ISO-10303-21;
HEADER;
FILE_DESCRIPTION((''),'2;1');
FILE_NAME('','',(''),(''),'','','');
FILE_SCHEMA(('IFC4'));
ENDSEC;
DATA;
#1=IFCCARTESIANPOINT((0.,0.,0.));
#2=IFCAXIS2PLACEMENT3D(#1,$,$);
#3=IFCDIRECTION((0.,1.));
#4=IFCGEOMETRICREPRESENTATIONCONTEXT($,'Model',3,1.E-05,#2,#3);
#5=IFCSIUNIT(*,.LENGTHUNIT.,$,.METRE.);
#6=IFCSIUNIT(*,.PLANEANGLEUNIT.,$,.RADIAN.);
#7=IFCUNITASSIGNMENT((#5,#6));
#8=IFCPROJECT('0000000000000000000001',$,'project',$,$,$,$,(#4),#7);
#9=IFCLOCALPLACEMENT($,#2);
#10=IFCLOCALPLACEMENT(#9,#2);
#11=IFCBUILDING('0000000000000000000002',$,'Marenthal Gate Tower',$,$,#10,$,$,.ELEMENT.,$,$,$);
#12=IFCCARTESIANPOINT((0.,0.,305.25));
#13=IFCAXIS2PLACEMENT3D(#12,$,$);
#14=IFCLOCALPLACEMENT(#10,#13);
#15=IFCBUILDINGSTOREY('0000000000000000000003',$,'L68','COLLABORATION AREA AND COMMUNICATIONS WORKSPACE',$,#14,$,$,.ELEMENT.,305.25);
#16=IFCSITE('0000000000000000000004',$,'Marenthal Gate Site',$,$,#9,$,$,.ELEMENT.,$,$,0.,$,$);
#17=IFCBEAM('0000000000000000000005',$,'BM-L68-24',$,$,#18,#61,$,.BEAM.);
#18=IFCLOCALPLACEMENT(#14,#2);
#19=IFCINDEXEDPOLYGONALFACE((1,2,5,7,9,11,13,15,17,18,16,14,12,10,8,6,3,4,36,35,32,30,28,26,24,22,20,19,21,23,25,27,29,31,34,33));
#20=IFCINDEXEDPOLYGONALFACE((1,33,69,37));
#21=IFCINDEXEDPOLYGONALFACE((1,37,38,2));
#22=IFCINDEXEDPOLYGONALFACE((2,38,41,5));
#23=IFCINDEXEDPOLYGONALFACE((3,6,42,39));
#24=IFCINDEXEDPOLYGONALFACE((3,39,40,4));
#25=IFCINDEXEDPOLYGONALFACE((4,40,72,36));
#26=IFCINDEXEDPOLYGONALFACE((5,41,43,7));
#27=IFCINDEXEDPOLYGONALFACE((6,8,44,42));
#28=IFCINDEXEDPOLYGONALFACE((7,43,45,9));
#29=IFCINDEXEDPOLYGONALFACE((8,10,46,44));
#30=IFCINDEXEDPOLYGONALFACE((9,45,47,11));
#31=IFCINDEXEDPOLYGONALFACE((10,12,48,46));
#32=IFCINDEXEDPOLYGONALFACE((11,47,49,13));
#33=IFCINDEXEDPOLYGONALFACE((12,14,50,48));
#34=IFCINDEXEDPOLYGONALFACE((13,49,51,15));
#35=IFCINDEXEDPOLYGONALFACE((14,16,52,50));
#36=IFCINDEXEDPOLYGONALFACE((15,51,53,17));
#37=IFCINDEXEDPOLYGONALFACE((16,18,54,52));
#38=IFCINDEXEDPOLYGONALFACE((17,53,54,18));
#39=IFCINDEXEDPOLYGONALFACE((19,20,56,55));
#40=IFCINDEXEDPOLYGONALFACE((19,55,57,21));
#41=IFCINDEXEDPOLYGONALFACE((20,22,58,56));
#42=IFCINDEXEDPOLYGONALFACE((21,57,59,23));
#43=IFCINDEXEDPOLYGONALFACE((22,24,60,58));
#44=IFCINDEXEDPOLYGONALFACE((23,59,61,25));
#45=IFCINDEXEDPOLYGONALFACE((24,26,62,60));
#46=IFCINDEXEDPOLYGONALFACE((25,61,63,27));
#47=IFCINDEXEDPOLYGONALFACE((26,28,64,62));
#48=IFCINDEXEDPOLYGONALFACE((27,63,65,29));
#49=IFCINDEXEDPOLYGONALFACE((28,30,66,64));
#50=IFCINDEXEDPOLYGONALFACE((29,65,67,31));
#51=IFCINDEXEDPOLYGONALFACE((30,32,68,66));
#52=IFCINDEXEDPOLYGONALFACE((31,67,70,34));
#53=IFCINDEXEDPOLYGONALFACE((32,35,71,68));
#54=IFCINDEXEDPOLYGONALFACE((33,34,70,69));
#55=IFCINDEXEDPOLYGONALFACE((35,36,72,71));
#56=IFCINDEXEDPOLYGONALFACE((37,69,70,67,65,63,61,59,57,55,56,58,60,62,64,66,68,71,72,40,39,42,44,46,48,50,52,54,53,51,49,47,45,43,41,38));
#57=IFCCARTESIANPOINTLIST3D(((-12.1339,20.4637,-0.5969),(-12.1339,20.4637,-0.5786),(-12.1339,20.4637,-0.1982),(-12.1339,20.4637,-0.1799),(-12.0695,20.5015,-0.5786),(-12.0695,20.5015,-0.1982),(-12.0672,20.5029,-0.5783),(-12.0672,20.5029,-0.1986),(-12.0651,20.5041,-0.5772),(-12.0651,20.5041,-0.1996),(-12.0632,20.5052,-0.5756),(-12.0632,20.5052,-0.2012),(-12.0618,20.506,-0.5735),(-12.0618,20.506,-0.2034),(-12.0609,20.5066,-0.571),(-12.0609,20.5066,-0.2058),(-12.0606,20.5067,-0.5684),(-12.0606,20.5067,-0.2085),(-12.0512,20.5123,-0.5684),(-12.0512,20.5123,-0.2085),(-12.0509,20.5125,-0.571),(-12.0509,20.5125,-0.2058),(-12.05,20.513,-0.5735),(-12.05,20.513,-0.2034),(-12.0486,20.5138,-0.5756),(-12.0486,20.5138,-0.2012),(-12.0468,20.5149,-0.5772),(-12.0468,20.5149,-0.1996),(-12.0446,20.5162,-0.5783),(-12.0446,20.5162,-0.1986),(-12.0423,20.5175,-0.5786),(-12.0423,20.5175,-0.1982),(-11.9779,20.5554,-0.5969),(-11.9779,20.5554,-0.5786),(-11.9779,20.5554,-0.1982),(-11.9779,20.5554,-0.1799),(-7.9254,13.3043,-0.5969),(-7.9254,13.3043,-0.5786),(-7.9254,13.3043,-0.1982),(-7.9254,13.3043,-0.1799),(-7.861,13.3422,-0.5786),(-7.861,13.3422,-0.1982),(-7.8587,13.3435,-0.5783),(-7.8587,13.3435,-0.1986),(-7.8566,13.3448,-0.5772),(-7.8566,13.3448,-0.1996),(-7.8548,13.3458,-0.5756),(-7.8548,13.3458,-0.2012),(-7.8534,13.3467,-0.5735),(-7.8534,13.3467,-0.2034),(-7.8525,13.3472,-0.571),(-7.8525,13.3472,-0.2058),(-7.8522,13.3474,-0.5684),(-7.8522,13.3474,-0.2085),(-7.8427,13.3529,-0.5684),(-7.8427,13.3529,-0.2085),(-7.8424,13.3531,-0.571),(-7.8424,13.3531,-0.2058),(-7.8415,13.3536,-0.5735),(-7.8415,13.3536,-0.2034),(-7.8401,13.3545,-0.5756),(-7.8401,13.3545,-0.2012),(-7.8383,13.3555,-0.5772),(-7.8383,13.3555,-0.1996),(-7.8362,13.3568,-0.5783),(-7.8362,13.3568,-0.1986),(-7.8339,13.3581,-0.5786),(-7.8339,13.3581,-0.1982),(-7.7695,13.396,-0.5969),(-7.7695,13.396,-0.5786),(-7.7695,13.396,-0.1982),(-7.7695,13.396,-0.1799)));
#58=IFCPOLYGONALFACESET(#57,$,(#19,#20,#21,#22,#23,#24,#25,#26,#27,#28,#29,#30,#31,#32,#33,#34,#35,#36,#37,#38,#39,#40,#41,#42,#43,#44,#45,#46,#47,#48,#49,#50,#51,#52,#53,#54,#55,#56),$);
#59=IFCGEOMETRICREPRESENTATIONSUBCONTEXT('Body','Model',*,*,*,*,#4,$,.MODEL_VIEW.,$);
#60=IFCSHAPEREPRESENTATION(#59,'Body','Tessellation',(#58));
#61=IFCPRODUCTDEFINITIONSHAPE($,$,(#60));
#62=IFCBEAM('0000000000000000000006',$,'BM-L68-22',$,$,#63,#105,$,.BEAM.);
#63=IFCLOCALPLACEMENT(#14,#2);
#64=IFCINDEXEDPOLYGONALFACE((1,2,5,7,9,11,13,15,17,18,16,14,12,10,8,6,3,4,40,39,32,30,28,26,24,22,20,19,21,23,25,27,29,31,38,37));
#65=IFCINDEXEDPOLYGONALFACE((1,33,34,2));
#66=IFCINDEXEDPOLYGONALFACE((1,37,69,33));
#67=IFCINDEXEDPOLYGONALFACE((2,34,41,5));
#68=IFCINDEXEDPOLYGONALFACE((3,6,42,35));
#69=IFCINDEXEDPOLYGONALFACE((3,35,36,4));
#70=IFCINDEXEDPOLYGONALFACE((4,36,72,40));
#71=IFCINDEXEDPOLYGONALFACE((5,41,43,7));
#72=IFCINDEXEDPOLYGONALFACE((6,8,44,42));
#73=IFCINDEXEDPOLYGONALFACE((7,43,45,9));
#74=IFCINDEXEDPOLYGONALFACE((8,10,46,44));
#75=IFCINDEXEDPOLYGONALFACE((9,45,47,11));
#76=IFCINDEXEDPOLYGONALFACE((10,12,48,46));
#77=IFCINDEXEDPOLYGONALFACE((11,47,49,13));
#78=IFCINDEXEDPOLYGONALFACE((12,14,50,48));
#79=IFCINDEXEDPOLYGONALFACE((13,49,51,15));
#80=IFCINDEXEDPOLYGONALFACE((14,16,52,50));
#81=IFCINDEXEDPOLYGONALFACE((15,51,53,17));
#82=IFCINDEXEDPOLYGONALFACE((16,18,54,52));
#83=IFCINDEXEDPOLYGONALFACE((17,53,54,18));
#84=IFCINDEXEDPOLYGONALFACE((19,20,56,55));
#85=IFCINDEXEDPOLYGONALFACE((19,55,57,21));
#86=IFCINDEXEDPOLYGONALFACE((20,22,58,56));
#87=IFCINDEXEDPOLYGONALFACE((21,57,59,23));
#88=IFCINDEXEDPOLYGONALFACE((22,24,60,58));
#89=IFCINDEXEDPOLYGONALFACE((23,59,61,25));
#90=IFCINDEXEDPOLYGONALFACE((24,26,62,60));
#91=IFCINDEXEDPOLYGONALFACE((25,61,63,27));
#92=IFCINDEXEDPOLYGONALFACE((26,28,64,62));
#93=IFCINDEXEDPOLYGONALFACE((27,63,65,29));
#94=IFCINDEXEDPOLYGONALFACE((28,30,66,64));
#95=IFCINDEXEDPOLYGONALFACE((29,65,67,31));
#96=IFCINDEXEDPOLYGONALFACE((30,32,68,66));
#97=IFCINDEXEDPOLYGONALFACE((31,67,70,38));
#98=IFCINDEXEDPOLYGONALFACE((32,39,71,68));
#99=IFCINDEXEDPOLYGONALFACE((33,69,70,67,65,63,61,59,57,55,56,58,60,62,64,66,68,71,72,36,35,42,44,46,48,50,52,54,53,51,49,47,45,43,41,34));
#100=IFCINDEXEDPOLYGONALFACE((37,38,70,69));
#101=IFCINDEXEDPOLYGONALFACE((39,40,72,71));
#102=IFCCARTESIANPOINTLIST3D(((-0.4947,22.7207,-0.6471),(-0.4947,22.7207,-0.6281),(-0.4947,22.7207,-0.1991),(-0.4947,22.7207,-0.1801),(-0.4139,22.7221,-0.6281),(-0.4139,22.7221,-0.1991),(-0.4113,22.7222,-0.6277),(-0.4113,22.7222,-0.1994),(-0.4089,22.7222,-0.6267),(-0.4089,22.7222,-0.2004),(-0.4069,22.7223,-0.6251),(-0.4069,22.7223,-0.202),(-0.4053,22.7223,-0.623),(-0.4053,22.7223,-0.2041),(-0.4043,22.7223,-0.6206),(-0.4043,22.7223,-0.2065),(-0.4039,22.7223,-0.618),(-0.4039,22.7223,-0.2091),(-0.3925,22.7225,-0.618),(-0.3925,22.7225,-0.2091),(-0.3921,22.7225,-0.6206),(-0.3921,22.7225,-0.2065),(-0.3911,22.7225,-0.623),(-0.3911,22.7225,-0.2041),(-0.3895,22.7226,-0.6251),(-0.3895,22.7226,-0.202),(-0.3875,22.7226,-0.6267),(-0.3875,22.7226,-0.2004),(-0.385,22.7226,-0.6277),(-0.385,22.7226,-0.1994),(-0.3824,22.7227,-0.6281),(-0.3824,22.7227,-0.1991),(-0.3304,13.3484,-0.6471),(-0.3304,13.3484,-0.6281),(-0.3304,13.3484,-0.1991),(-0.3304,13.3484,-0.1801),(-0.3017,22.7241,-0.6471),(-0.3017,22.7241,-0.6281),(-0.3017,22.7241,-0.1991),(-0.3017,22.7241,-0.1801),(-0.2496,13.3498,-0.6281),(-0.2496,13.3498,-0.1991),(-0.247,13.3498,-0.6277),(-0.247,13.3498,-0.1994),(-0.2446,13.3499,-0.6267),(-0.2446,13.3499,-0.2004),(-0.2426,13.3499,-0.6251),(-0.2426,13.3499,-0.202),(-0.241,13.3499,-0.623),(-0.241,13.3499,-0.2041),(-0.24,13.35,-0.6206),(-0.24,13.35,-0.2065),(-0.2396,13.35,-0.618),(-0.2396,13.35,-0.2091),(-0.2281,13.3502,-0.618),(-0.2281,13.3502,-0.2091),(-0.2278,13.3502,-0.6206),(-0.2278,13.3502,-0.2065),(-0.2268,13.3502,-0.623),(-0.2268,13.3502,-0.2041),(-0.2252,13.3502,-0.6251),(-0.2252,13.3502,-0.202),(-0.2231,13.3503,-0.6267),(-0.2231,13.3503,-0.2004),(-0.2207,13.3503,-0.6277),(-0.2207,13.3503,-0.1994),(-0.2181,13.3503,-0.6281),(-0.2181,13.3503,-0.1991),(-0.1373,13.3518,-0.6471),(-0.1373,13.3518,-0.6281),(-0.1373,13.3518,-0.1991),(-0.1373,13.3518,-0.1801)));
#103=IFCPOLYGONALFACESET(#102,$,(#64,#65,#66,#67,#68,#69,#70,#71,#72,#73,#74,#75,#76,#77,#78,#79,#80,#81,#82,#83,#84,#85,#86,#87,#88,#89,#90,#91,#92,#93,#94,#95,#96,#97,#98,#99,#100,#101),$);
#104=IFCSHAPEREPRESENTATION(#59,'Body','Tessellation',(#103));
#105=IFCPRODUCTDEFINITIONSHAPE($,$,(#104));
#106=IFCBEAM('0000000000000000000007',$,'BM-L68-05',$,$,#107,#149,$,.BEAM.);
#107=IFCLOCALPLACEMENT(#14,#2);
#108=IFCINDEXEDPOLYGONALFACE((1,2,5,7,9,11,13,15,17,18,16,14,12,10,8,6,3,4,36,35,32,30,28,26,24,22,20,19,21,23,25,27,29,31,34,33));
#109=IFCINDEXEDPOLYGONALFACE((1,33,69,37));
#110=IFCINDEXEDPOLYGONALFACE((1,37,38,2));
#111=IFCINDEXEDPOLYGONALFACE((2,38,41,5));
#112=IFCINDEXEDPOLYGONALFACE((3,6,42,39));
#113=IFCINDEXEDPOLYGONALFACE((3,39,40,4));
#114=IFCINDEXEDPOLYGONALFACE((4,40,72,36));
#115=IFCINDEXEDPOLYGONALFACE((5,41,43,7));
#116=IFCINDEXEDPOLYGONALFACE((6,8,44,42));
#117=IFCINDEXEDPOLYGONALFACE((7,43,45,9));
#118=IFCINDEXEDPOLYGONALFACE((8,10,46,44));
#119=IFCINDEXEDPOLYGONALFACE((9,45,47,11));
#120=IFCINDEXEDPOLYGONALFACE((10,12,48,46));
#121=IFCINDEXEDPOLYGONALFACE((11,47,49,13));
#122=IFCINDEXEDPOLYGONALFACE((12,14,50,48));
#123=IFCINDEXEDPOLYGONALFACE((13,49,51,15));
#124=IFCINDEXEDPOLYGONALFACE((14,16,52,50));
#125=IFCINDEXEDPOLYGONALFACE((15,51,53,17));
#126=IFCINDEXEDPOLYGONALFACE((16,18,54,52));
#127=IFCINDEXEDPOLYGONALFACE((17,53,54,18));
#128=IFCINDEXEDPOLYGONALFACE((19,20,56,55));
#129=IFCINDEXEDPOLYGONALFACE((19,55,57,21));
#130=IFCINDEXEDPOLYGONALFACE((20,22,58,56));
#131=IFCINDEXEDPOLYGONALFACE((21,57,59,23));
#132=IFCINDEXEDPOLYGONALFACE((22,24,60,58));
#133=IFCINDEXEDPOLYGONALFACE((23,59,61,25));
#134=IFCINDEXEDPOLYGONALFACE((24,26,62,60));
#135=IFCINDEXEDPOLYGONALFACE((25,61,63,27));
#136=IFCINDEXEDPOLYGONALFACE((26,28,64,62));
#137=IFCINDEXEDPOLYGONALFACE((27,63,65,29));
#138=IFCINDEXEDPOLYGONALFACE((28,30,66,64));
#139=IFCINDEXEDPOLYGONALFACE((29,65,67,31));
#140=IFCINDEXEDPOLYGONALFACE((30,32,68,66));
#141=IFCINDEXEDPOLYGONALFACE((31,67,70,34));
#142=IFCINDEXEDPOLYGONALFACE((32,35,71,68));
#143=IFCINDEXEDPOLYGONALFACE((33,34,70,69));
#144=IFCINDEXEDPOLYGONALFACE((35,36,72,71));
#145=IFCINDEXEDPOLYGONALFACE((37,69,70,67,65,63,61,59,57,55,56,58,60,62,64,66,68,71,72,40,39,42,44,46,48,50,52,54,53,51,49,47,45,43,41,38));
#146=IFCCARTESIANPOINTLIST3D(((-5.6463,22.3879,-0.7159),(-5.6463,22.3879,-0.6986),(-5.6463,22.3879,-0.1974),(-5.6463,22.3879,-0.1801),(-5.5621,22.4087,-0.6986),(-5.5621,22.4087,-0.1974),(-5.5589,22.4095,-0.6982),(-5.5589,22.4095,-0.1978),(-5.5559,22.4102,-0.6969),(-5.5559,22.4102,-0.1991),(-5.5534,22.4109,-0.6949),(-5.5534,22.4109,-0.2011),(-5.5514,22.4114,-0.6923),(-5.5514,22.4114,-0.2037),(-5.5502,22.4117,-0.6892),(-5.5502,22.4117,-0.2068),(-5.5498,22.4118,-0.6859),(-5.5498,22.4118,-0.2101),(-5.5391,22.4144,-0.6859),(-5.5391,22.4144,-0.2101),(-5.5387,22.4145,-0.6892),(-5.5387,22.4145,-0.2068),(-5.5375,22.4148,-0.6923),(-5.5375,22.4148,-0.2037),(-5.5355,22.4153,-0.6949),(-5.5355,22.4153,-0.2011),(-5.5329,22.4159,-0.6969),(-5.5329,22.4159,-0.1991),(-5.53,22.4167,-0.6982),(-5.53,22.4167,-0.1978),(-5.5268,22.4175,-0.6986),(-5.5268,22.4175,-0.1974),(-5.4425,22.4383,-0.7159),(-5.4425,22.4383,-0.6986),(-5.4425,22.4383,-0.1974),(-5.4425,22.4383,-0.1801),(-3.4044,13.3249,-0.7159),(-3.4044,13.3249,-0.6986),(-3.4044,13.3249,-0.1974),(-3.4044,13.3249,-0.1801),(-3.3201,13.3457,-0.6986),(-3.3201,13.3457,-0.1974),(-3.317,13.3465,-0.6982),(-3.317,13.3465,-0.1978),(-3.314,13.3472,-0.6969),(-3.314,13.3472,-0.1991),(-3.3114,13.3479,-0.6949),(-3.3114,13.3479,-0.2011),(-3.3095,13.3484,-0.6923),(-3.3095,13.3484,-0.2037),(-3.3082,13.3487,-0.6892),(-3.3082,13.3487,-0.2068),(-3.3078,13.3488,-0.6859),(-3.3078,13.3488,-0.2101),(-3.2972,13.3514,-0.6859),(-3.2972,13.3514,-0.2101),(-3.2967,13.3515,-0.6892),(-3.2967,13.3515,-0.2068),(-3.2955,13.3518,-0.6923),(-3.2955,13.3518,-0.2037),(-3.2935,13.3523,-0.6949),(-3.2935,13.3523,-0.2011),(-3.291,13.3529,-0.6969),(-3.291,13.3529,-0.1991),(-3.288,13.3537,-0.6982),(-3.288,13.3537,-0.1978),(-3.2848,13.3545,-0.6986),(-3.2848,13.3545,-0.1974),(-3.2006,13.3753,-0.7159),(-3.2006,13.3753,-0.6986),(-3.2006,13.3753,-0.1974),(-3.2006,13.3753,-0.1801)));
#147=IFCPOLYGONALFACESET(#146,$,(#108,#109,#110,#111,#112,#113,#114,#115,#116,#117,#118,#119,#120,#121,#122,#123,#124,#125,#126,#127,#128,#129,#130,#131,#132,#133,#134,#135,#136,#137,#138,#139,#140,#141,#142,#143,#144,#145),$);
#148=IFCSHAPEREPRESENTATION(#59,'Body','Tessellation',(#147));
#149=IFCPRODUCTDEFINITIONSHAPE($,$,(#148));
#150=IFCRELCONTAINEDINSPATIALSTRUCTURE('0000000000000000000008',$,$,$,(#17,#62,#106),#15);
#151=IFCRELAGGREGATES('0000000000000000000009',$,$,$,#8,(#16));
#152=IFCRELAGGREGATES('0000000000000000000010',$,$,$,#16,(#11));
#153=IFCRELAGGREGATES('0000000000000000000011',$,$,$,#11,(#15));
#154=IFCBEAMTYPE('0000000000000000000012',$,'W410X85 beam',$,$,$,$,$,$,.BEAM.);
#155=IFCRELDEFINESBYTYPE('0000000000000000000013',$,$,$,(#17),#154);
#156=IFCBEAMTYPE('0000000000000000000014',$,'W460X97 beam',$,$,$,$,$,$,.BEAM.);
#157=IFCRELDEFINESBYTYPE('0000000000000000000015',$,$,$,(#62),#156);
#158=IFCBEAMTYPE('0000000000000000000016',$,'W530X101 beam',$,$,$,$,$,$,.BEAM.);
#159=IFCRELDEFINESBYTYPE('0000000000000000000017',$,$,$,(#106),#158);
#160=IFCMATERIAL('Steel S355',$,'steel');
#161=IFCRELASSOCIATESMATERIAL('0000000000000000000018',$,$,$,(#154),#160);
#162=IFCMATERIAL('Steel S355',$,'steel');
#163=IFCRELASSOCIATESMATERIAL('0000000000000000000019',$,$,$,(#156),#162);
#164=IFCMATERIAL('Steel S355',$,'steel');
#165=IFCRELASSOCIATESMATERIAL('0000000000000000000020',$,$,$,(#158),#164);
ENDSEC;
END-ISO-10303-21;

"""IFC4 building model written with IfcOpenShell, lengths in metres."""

from ifc_helpers import new_model, si_unit, direction, frame, origin, origin_2d, place, context, subcontext, project, spatial, i_section, extrude, material, material_profile, profile_set, type_object, element, save


model = new_model("IFC4")

# Units and contexts
model_context = context("Model", 3, precision=1e-05, world=origin(), true_north=direction((0.0, 1.0)))
body_context = subcontext(model_context, "Body", "Model", "MODEL_VIEW")
ifc_project = project(units=[si_unit("LENGTHUNIT", "METRE"), si_unit("PLANEANGLEUNIT", "RADIAN")], contexts=[model_context])

# Site, building, storey
site_placement = place(None, origin())
site = spatial("IfcSite", under=ifc_project, at=site_placement, Name="Marenthal Gate Site", CompositionType="ELEMENT", RefElevation=0.0)
building_placement = place(site_placement, origin())
building = spatial("IfcBuilding", under=site, at=building_placement, Name="Marenthal Gate Tower", CompositionType="ELEMENT")
storey_placement = place(building_placement, frame((0.0, 0.0, 305.25)))
storey = spatial("IfcBuildingStorey", under=building, at=storey_placement, Name="L68", Description="COLLABORATION AREA AND COMMUNICATIONS WORKSPACE", CompositionType="ELEMENT", Elevation=305.25)

# Beams
ifc_material_1 = material(Name="Steel S355", Category="steel")
ifc_material_profile_1 = material_profile(ifc_material_1, i_section(OverallWidth=0.1809, OverallDepth=0.417, WebThickness=0.011, FlangeThickness=0.0183, FilletRadius=0.0103, at=origin_2d()), Name="W410X85")
ifc_profile_set_1 = profile_set([ifc_material_profile_1], Name="Steel S355")
beam_type_1 = type_object("IfcBeamType", Name="W410X85 beam", PredefinedType="BEAM", material=ifc_profile_set_1)
beam_1_placement = place(storey_placement, frame((-12.0559, 20.5095, -0.3884), z_axis=(0.506758, -0.862088, 0.0), x_axis=(0.862088, 0.506758, 0.0)))
element("IfcBeam", 1, at=beam_1_placement, inside=storey, type_object=beam_type_1, Name="BM-L68-24", PredefinedType="BEAM", context=body_context, shape_type="SweptSolid", body=[
    extrude(i_section(OverallWidth=0.1809, OverallDepth=0.417, WebThickness=0.011, FlangeThickness=0.0183, FilletRadius=0.0103, at=origin_2d()), origin(), (0.0, 0.0, 1.0), 8.3047),
])
ifc_material_2 = material(Name="Steel S355", Category="steel")
ifc_material_profile_2 = material_profile(ifc_material_2, i_section(OverallWidth=0.1931, OverallDepth=0.467, WebThickness=0.0115, FlangeThickness=0.019, FilletRadius=0.01, at=origin_2d()), Name="W460X97")
ifc_profile_set_2 = profile_set([ifc_material_profile_2], Name="Steel S355")
beam_type_2 = type_object("IfcBeamType", Name="W460X97 beam", PredefinedType="BEAM", material=ifc_profile_set_2)
beam_2_placement = place(storey_placement, frame((-0.3982, 22.7224, -0.4136), z_axis=(0.017528, -0.999846, 0.0), x_axis=(0.999846, 0.017528, 0.0)))
element("IfcBeam", 2, at=beam_2_placement, inside=storey, type_object=beam_type_2, Name="BM-L68-22", PredefinedType="BEAM", context=body_context, shape_type="SweptSolid", body=[
    extrude(i_section(OverallWidth=0.1931, OverallDepth=0.467, WebThickness=0.0115, FlangeThickness=0.019, FilletRadius=0.01, at=origin_2d()), origin(), (0.0, 0.0, 1.0), 9.3738),
])
ifc_material_3 = material(Name="Steel S355", Category="steel")
ifc_material_profile_3 = material_profile(ifc_material_3, i_section(OverallWidth=0.21, OverallDepth=0.5359, WebThickness=0.011, FlangeThickness=0.0173, FilletRadius=0.0127, at=origin_2d()), Name="W530X101")
ifc_profile_set_3 = profile_set([ifc_material_profile_3], Name="Steel S355")
beam_type_3 = type_object("IfcBeamType", Name="W530X101 beam", PredefinedType="BEAM", material=ifc_profile_set_3)
beam_3_placement = place(storey_placement, frame((-5.5444, 22.4131, -0.448), z_axis=(0.240135, -0.970739, 0.0), x_axis=(0.970739, 0.240135, 0.0)))
element("IfcBeam", 3, at=beam_3_placement, inside=storey, type_object=beam_type_3, Name="BM-L68-05", PredefinedType="BEAM", context=body_context, shape_type="SweptSolid", body=[
    extrude(i_section(OverallWidth=0.21, OverallDepth=0.5359, WebThickness=0.011, FlangeThickness=0.0173, FilletRadius=0.0127, at=origin_2d()), origin(), (0.0, 0.0, 1.0), 9.3362),
])

save(model, "model.ifc")
